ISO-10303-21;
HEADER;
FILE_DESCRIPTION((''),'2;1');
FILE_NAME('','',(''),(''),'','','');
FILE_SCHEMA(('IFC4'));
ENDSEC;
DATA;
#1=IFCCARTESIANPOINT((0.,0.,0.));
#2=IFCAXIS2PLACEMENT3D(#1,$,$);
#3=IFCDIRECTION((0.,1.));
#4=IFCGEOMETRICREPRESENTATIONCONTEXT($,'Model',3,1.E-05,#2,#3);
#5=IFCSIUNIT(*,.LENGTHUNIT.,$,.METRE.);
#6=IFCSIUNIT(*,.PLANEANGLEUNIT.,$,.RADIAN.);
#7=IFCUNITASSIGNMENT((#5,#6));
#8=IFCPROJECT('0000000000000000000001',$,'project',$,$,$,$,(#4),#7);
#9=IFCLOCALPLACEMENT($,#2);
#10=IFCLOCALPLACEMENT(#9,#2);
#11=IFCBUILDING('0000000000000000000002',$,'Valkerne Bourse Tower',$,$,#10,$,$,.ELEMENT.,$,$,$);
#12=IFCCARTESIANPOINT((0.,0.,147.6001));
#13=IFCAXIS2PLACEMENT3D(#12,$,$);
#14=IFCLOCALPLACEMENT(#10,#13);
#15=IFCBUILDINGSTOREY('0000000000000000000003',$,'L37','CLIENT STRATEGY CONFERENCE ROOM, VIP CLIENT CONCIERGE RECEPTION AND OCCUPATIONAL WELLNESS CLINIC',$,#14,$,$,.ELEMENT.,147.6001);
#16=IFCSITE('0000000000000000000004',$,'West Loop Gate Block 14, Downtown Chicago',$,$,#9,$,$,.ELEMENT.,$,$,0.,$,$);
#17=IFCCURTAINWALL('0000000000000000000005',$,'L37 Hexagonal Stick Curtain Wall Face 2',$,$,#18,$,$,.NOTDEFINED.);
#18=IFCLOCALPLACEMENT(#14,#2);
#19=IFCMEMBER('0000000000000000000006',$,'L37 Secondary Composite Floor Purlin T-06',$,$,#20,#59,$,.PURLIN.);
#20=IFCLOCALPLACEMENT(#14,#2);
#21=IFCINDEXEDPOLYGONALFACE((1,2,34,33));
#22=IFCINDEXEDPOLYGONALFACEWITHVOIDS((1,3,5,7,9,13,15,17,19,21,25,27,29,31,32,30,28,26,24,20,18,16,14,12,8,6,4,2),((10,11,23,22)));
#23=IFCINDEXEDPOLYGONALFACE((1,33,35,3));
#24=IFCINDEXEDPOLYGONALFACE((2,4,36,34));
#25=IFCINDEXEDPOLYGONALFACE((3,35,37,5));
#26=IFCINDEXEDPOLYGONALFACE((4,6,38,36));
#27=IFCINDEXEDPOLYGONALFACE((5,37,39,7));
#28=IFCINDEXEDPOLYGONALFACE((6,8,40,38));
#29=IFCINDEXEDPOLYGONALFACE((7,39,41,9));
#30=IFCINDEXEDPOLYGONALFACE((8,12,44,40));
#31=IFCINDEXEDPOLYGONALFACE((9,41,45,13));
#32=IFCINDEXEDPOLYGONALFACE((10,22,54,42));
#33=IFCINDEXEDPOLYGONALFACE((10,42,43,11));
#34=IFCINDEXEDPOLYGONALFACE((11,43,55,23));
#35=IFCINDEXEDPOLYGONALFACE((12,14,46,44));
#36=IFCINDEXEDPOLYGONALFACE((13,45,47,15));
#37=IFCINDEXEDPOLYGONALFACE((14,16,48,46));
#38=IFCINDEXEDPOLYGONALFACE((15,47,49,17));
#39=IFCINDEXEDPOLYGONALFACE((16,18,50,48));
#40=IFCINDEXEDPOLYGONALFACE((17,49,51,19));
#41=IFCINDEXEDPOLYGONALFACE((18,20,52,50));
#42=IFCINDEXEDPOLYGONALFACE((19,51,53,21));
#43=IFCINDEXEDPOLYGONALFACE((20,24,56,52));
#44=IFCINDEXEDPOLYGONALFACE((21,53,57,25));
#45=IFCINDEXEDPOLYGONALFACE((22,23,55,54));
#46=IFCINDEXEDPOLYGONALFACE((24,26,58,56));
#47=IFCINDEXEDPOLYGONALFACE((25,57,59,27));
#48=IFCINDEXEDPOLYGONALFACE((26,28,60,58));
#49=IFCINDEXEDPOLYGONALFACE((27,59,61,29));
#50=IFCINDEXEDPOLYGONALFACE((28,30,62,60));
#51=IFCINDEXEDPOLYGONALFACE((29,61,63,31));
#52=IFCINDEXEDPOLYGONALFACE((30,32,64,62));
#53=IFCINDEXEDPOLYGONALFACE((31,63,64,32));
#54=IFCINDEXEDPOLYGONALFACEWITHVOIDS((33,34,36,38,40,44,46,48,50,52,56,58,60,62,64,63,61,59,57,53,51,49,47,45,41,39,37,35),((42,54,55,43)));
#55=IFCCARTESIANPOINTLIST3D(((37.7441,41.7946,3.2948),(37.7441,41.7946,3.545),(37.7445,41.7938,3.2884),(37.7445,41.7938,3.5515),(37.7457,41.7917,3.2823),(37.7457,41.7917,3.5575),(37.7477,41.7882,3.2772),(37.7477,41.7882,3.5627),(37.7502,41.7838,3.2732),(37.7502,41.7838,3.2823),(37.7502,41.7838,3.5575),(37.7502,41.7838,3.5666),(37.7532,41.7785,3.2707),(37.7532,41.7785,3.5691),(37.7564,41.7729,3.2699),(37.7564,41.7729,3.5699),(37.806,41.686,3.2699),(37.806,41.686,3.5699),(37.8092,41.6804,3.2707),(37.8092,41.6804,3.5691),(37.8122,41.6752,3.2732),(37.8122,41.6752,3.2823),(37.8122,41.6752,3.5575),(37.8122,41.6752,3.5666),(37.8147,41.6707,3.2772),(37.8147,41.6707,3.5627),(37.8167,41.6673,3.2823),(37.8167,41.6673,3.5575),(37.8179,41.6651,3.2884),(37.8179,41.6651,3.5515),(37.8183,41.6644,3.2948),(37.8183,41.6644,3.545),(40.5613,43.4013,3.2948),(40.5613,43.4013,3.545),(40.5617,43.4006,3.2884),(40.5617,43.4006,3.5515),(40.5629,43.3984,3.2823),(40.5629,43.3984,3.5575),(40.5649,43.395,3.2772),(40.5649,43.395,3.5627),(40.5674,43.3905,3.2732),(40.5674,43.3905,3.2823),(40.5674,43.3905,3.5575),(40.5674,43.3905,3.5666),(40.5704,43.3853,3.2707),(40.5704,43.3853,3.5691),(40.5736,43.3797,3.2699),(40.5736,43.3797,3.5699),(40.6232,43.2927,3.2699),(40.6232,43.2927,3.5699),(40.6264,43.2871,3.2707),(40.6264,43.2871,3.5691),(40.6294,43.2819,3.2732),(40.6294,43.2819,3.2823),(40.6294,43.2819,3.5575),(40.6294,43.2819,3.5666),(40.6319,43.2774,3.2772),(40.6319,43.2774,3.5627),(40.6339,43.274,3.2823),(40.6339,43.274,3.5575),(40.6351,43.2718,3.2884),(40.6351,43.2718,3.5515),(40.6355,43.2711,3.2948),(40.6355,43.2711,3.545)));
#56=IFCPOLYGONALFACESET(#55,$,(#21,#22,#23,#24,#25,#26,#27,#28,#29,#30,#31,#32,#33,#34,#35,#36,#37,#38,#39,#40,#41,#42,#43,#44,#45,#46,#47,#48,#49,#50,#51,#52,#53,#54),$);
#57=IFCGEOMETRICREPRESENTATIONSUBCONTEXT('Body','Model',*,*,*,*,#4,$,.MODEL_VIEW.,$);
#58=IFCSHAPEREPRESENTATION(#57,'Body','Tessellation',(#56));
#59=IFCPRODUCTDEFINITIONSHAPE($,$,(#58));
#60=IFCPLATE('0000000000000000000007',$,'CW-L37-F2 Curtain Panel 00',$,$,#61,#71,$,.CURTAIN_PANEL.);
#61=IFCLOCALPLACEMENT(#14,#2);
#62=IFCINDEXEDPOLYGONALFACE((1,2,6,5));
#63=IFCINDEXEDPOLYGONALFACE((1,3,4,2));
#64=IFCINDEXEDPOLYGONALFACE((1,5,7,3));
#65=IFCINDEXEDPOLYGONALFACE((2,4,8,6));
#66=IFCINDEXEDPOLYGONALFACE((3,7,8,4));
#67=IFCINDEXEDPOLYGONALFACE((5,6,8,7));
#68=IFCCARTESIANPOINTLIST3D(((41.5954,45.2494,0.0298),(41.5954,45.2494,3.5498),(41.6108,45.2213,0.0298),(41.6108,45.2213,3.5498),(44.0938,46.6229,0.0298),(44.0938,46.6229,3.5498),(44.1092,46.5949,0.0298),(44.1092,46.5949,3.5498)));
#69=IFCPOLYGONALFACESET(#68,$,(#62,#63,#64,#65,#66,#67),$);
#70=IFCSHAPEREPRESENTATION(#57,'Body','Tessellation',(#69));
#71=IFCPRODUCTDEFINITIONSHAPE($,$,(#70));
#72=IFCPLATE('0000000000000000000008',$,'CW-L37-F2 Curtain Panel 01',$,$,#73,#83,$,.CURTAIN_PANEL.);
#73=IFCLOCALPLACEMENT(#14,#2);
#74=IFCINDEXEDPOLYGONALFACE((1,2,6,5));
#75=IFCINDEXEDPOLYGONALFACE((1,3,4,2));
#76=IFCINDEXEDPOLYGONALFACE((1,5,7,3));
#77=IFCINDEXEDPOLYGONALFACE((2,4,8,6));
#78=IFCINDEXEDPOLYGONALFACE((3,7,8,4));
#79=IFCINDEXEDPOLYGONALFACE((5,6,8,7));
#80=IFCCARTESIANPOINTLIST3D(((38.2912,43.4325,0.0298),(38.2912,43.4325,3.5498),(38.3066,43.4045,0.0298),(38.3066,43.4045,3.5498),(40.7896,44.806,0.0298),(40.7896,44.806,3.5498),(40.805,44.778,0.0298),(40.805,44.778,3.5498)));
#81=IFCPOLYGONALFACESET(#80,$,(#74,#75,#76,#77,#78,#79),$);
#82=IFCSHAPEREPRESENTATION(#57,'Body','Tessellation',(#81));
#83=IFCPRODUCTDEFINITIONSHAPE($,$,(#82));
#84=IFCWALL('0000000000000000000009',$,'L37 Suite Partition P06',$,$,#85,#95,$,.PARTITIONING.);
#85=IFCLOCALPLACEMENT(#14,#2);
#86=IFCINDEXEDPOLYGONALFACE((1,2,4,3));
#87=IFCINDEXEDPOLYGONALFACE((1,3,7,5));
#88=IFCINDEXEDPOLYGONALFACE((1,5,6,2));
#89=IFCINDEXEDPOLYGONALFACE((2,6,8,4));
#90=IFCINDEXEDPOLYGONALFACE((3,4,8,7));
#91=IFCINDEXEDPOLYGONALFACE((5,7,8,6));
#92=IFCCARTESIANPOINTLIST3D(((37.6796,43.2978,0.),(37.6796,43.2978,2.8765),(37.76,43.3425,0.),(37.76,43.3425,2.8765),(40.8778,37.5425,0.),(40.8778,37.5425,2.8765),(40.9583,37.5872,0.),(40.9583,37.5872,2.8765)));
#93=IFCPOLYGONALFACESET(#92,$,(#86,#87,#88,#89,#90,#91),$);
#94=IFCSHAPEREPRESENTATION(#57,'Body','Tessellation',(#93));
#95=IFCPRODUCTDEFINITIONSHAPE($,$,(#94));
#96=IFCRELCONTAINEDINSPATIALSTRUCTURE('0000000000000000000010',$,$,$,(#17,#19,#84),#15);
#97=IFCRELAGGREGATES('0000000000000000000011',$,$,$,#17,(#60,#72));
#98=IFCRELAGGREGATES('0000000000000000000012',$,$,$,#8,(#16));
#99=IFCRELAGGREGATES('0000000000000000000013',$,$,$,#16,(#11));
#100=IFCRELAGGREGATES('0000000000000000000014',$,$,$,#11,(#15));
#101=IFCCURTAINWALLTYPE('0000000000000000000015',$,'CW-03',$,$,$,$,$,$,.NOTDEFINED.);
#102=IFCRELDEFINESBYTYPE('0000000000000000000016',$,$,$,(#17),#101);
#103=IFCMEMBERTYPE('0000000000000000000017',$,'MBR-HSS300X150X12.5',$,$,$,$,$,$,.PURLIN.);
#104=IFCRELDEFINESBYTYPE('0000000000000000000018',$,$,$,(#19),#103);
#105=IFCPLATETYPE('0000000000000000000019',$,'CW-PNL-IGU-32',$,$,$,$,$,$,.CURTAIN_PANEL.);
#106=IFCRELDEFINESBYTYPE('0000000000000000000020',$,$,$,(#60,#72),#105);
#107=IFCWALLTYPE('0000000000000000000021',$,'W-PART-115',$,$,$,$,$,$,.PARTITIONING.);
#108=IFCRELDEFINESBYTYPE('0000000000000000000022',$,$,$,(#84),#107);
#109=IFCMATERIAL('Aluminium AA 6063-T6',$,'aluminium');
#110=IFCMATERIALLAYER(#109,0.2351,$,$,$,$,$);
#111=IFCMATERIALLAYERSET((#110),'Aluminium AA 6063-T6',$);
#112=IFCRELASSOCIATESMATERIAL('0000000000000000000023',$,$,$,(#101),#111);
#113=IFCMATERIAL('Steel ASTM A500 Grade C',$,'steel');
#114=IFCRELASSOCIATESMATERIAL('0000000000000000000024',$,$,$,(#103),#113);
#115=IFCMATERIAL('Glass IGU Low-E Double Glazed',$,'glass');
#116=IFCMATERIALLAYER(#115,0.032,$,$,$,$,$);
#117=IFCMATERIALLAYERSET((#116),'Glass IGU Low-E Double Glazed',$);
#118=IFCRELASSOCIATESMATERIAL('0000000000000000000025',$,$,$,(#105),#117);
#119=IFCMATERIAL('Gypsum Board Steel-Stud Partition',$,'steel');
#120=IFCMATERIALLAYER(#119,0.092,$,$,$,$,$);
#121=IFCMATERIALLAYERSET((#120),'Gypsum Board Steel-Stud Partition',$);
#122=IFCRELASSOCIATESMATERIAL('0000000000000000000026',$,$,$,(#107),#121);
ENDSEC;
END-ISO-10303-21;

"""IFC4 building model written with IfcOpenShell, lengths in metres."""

from ifc_helpers import new_model, si_unit, direction, frame, frame_2d, origin, origin_2d, place, context, subcontext, project, spatial, rectangle, hollow_rectangle, extrude, material, layer, layer_set, material_profile, profile_set, type_object, element, aggregate, save


model = new_model("IFC4")

# Units and contexts
model_context = context("Model", 3, precision=1e-05, world=origin(), true_north=direction((0.0, 1.0)))
body_context = subcontext(model_context, "Body", "Model", "MODEL_VIEW")
ifc_project = project(units=[si_unit("LENGTHUNIT", "METRE"), si_unit("PLANEANGLEUNIT", "RADIAN")], contexts=[model_context])

# Site, building, storey
site_placement = place(None, origin())
site = spatial("IfcSite", under=ifc_project, at=site_placement, Name="West Loop Gate Block 14, Downtown Chicago", CompositionType="ELEMENT", RefElevation=0.0)
building_placement = place(site_placement, origin())
building = spatial("IfcBuilding", under=site, at=building_placement, Name="Valkerne Bourse Tower", CompositionType="ELEMENT")
storey_placement = place(building_placement, frame((0.0, 0.0, 147.6001)))
storey = spatial("IfcBuildingStorey", under=building, at=storey_placement, Name="L37", Description="CLIENT STRATEGY CONFERENCE ROOM, VIP CLIENT CONCIERGE RECEPTION AND OCCUPATIONAL WELLNESS CLINIC", CompositionType="ELEMENT", Elevation=147.6001)

# Shared definitions
ifc_material_1 = material(Name="Aluminium AA 6063-T6", Category="aluminium")
ifc_layer_1 = layer(ifc_material_1, 0.2351)
ifc_layer_set_1 = layer_set([ifc_layer_1], Name="Aluminium AA 6063-T6")
curtain_wall_type = type_object("IfcCurtainWallType", Name="CW-03", PredefinedType="NOTDEFINED", material=ifc_layer_set_1)

# Curtain wall
curtain_wall_1_placement = place(storey_placement, origin())
curtain_wall_1 = element("IfcCurtainWall", 1, at=curtain_wall_1_placement, inside=storey, type_object=curtain_wall_type, Name="L37 Hexagonal Stick Curtain Wall Face 2", PredefinedType="NOTDEFINED")

# Member
ifc_material_2 = material(Name="Steel ASTM A500 Grade C", Category="steel")
ifc_material_profile_1 = material_profile(ifc_material_2, hollow_rectangle(XDim=0.1499, YDim=0.3, WallThickness=0.0125, OuterFilletRadius=0.0249, at=origin_2d()), Name="HSS300X150X12.5")
ifc_profile_set_1 = profile_set([ifc_material_profile_1], Name="Steel ASTM A500 Grade C")
member_type_1 = type_object("IfcMemberType", Name="MBR-HSS300X150X12.5", PredefinedType="PURLIN", material=ifc_profile_set_1)
member_1_placement = place(storey_placement, frame((40.5984, 43.3362, 3.4199), z_axis=(-0.868655, -0.495417, 0.0), x_axis=(0.495417, -0.868655, 0.0)))
element("IfcMember", 2, at=member_1_placement, inside=storey, type_object=member_type_1, Name="L37 Secondary Composite Floor Purlin T-06", PredefinedType="PURLIN", context=body_context, shape_type="SweptSolid", body=[
    extrude(hollow_rectangle(XDim=0.1499, YDim=0.3, WallThickness=0.0125, OuterFilletRadius=0.0249, at=origin_2d()), origin(), (0.0, 0.0, 1.0), 3.2432),
])

# Plates
ifc_material_3 = material(Name="Glass IGU Low-E Double Glazed", Category="glass")
ifc_layer_2 = layer(ifc_material_3, 0.032)
ifc_layer_set_2 = layer_set([ifc_layer_2], Name="Glass IGU Low-E Double Glazed")
plate_type = type_object("IfcPlateType", Name="CW-PNL-IGU-32", PredefinedType="CURTAIN_PANEL", material=ifc_layer_set_2)
plate_1_placement = place(storey_placement, frame((42.8523, 45.9221, 0.0298), z_axis=(0.0, 0.0, 1.0), x_axis=(-0.876303, -0.481761, 0.0)))
plate_1 = element("IfcPlate", 3, at=plate_1_placement, type_object=plate_type, Name="CW-L37-F2 Curtain Panel 00", PredefinedType="CURTAIN_PANEL", context=body_context, shape_type="SweptSolid", body=[
    extrude(rectangle(XDim=2.8511, YDim=0.032, at=origin_2d()), origin(), (0.0, 0.0, 1.0), 3.52),
])
plate_2_placement = place(storey_placement, frame((39.5481, 44.1052, 0.0298), z_axis=(0.0, 0.0, 1.0), x_axis=(-0.876309, -0.48175, 0.0)))
plate_2 = element("IfcPlate", 4, at=plate_2_placement, type_object=plate_type, Name="CW-L37-F2 Curtain Panel 01", PredefinedType="CURTAIN_PANEL", context=body_context, shape_type="SweptSolid", body=[
    extrude(rectangle(XDim=2.8511, YDim=0.032, at=origin_2d()), origin(), (0.0, 0.0, 1.0), 3.52),
])
aggregate(curtain_wall_1, [plate_1, plate_2])

# Wall
ifc_material_4 = material(Name="Gypsum Board Steel-Stud Partition", Category="steel")
ifc_layer_3 = layer(ifc_material_4, 0.092)
ifc_layer_set_3 = layer_set([ifc_layer_3], Name="Gypsum Board Steel-Stud Partition")
wall_type = type_object("IfcWallType", Name="W-PART-115", PredefinedType="PARTITIONING", material=ifc_layer_set_3)
wall_placement = place(storey_placement, frame((40.918, 37.5649, 0.0), z_axis=(0.0, 0.0, 1.0), x_axis=(-0.485737, 0.874105, 0.0)))
element("IfcWall", 5, at=wall_placement, inside=storey, type_object=wall_type, Name="L37 Suite Partition P06", PredefinedType="PARTITIONING", context=body_context, shape_type="SweptSolid", body=[
    extrude(rectangle(XDim=6.5842, YDim=0.092, at=frame_2d((3.292, 0.0))), origin(), (0.0, 0.0, 1.0), 2.8765),
])

save(model, "model.ifc")
